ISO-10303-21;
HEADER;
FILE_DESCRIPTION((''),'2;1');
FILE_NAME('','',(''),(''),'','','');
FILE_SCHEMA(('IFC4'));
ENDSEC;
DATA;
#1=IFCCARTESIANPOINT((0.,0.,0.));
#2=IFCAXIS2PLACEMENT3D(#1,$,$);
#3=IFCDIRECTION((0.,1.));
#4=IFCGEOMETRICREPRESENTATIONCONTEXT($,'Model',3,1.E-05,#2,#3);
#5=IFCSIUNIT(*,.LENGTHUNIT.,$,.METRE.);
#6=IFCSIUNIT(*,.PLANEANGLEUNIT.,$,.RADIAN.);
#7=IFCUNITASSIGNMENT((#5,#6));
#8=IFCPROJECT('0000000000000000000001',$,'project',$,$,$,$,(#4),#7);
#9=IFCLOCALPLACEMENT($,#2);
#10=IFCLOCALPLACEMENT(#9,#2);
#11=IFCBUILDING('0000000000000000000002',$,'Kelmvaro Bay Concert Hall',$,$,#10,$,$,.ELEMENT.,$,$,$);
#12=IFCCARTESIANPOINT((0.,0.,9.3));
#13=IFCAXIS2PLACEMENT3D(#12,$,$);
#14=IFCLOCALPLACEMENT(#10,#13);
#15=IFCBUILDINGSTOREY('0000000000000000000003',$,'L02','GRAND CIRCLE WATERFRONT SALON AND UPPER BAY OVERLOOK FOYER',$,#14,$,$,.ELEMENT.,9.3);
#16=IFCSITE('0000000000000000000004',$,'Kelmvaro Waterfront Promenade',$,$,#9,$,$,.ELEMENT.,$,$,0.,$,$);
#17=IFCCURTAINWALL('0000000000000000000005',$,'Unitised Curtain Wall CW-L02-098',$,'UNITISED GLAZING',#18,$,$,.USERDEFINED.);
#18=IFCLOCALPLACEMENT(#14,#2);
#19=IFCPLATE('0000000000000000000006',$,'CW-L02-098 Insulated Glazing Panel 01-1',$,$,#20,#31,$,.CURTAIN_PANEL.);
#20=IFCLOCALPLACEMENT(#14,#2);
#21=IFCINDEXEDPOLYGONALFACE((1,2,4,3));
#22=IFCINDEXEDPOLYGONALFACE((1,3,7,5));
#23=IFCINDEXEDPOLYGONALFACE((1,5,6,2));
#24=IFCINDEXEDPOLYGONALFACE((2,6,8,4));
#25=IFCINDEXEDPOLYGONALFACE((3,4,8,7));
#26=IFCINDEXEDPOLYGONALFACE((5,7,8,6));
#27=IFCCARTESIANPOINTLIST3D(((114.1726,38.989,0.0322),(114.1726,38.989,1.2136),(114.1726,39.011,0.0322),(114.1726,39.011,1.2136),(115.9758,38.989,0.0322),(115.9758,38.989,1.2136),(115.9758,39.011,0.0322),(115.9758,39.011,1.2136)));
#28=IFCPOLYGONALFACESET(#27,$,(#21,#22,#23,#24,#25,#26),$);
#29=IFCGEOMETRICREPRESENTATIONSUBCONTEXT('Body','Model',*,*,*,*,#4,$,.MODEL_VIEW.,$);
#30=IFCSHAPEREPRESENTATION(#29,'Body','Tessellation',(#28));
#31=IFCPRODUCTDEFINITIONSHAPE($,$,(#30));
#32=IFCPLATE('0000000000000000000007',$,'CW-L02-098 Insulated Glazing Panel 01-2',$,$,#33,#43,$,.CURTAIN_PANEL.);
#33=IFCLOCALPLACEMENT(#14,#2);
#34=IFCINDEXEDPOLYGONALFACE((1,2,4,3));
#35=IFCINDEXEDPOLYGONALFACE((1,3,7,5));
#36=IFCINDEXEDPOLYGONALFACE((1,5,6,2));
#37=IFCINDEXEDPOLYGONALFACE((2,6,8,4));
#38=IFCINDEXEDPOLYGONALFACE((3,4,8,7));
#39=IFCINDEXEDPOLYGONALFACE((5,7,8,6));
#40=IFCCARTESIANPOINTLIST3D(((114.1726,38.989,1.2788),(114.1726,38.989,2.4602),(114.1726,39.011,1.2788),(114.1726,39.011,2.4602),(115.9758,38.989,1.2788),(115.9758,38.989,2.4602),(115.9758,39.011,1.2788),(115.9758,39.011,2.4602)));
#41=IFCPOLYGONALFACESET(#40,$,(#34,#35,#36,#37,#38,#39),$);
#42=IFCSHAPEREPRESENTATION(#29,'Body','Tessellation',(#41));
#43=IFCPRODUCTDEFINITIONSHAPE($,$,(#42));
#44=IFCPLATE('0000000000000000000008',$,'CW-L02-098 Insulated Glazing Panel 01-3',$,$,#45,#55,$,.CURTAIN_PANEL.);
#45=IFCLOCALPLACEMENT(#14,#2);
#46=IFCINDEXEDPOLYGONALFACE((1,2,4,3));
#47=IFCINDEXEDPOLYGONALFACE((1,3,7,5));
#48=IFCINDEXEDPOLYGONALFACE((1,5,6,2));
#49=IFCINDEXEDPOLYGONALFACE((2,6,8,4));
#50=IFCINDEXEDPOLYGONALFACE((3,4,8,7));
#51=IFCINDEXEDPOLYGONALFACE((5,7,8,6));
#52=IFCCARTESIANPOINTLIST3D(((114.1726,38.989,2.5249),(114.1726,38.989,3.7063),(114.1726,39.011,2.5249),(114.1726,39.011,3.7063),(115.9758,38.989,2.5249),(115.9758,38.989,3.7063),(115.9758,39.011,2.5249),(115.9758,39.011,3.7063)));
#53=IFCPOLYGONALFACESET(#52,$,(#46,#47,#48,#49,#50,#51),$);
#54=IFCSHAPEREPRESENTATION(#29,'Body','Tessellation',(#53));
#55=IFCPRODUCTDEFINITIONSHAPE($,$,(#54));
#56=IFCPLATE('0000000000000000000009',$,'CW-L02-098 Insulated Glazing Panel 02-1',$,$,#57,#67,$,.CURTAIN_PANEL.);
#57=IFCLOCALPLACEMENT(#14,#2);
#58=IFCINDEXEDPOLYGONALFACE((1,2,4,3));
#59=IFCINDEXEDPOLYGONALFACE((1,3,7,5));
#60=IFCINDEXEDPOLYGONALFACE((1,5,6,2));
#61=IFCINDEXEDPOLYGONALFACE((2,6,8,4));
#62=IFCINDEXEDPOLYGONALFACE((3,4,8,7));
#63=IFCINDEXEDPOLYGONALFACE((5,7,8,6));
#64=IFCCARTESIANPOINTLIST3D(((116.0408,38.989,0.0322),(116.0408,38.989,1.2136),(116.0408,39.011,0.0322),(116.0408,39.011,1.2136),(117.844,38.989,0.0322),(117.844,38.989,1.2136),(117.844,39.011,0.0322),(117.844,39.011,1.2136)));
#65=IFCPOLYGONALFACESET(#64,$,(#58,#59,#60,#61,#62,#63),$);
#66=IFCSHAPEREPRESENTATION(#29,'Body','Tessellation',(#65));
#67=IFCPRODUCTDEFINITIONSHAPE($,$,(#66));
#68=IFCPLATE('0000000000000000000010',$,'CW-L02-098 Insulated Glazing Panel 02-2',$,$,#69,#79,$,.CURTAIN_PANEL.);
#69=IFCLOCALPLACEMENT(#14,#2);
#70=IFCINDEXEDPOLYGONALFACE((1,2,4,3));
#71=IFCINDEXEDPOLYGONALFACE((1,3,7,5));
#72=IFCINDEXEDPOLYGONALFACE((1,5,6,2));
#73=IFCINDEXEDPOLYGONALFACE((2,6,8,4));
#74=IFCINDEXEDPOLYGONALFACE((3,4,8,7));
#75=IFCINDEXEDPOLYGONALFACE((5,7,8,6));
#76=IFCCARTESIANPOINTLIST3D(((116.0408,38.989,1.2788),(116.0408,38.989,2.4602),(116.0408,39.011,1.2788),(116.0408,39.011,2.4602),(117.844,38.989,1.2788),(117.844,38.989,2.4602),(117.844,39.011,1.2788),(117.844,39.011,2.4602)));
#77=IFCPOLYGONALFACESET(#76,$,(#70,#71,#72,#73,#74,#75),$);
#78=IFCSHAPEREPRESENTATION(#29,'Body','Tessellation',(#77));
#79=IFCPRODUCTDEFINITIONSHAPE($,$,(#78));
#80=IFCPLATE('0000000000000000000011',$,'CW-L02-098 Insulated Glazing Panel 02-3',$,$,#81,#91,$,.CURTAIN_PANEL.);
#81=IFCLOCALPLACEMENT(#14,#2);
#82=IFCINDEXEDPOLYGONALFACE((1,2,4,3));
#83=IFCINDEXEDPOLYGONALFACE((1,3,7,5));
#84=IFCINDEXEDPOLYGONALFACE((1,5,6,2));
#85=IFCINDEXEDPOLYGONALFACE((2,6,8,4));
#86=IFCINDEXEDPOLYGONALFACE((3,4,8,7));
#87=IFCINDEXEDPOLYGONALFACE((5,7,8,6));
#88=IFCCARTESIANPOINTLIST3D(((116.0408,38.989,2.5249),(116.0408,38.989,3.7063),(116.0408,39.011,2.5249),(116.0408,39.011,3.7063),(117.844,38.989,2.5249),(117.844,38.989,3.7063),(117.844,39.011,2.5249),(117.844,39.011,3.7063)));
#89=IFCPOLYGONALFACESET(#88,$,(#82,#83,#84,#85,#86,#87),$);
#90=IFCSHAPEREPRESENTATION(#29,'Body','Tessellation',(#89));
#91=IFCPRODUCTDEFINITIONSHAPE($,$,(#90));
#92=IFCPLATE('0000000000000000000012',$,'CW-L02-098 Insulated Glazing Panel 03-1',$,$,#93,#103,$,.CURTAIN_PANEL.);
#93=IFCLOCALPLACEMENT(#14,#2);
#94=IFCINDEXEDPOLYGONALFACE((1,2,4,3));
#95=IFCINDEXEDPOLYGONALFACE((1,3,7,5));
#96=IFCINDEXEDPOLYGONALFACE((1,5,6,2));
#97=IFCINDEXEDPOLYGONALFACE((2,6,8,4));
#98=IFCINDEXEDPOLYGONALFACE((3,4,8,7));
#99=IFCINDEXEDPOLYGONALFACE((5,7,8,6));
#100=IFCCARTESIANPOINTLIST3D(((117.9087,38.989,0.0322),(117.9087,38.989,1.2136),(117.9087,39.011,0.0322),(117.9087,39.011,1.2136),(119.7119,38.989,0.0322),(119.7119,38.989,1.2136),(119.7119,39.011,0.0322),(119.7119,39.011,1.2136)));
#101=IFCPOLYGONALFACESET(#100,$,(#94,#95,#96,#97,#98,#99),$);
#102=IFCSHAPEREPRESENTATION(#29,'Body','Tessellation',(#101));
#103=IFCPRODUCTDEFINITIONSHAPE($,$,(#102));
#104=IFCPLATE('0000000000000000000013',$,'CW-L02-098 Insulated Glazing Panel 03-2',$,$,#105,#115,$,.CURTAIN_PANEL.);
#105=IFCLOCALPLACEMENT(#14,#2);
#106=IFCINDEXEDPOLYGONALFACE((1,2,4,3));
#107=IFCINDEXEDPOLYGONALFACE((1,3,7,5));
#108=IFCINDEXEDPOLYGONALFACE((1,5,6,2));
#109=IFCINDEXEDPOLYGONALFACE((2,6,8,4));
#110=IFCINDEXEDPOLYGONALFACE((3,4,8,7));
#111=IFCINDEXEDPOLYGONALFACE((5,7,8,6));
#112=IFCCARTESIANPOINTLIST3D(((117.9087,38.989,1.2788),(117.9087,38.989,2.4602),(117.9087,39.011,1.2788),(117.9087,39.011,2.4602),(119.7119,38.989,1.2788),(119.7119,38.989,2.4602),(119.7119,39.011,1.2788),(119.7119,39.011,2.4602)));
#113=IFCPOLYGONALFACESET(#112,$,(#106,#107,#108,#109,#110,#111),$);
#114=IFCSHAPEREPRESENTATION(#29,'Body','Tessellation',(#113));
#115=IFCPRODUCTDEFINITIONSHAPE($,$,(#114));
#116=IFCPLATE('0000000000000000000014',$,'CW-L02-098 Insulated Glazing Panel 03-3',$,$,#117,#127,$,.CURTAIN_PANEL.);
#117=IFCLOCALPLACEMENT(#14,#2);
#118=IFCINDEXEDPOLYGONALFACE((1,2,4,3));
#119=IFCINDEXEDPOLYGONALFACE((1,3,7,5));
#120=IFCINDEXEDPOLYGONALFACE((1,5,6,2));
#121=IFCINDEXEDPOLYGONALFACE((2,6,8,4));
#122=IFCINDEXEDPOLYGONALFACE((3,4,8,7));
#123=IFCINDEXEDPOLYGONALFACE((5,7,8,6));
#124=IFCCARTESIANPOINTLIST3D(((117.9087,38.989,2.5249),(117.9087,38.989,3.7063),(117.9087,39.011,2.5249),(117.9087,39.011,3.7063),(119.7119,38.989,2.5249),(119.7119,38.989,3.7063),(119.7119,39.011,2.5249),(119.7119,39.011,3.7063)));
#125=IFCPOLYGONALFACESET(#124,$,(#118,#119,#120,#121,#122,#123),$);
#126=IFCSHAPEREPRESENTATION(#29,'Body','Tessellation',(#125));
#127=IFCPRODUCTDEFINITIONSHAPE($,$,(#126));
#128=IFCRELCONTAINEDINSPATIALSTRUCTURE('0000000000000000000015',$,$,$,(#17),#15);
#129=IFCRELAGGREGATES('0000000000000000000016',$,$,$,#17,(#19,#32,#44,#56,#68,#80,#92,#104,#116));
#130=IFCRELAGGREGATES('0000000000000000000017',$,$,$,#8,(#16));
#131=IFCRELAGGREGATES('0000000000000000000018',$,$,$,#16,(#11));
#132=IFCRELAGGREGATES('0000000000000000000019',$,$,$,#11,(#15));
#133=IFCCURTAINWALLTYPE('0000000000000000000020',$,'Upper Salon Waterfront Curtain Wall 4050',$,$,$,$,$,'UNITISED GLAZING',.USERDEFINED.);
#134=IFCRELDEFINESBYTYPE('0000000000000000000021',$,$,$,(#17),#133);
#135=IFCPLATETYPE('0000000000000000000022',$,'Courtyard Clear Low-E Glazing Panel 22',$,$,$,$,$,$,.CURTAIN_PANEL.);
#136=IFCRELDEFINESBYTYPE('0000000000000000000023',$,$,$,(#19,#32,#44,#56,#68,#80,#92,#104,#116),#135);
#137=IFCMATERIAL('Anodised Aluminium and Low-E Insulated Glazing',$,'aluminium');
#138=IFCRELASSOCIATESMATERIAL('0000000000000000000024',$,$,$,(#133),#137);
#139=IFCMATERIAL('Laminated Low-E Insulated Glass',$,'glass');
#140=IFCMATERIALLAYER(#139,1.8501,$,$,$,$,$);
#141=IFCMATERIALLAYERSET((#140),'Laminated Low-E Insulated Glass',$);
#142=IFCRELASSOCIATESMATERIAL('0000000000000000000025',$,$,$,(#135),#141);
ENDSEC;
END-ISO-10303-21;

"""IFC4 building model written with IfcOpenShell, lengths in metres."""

from ifc_helpers import new_model, si_unit, direction, frame, origin, origin_2d, place, context, subcontext, project, spatial, rectangle, extrude, material, layer, layer_set, type_object, element, aggregate, save


model = new_model("IFC4")

# Units and contexts
model_context = context("Model", 3, precision=1e-05, world=origin(), true_north=direction((0.0, 1.0)))
body_context = subcontext(model_context, "Body", "Model", "MODEL_VIEW")
ifc_project = project(units=[si_unit("LENGTHUNIT", "METRE"), si_unit("PLANEANGLEUNIT", "RADIAN")], contexts=[model_context])

# Site, building, storey
site_placement = place(None, origin())
site = spatial("IfcSite", under=ifc_project, at=site_placement, Name="Kelmvaro Waterfront Promenade", CompositionType="ELEMENT", RefElevation=0.0)
building_placement = place(site_placement, origin())
building = spatial("IfcBuilding", under=site, at=building_placement, Name="Kelmvaro Bay Concert Hall", CompositionType="ELEMENT")
storey_placement = place(building_placement, frame((0.0, 0.0, 9.3)))
storey = spatial("IfcBuildingStorey", under=building, at=storey_placement, Name="L02", Description="GRAND CIRCLE WATERFRONT SALON AND UPPER BAY OVERLOOK FOYER", CompositionType="ELEMENT", Elevation=9.3)

# Curtain wall
ifc_material_1 = material(Name="Anodised Aluminium and Low-E Insulated Glazing", Category="aluminium")
curtain_wall_type = type_object("IfcCurtainWallType", Name="Upper Salon Waterfront Curtain Wall 4050", ElementType="UNITISED GLAZING", PredefinedType="USERDEFINED", material=ifc_material_1)
curtain_wall_placement = place(storey_placement, origin())
curtain_wall = element("IfcCurtainWall", 1, at=curtain_wall_placement, inside=storey, type_object=curtain_wall_type, Name="Unitised Curtain Wall CW-L02-098", ObjectType="UNITISED GLAZING", PredefinedType="USERDEFINED")

# Plates
ifc_material_2 = material(Name="Laminated Low-E Insulated Glass", Category="glass")
ifc_layer = layer(ifc_material_2, 1.8501)
ifc_layer_set = layer_set([ifc_layer], Name="Laminated Low-E Insulated Glass")
plate_type = type_object("IfcPlateType", Name="Courtyard Clear Low-E Glazing Panel 22", PredefinedType="CURTAIN_PANEL", material=ifc_layer_set)
plate_1_placement = place(storey_placement, frame((115.0742, 39.0, 0.0322), z_axis=(0.0, 0.0, 1.0), x_axis=(1.0, 0.0, 0.0)))
plate_1 = element("IfcPlate", 2, at=plate_1_placement, type_object=plate_type, Name="CW-L02-098 Insulated Glazing Panel 01-1", PredefinedType="CURTAIN_PANEL", context=body_context, shape_type="SweptSolid", body=[
    extrude(rectangle(XDim=1.8032, YDim=0.022, at=origin_2d()), origin(), (0.0, 0.0, 1.0), 1.1814),
])
plate_2_placement = place(storey_placement, frame((115.0742, 39.0, 1.2788), z_axis=(0.0, 0.0, 1.0), x_axis=(1.0, 0.0, 0.0)))
plate_2 = element("IfcPlate", 3, at=plate_2_placement, type_object=plate_type, Name="CW-L02-098 Insulated Glazing Panel 01-2", PredefinedType="CURTAIN_PANEL", context=body_context, shape_type="SweptSolid", body=[
    extrude(rectangle(XDim=1.8032, YDim=0.022, at=origin_2d()), origin(), (0.0, 0.0, 1.0), 1.1814),
])
plate_3_placement = place(storey_placement, frame((115.0742, 39.0, 2.5249), z_axis=(0.0, 0.0, 1.0), x_axis=(1.0, 0.0, 0.0)))
plate_3 = element("IfcPlate", 4, at=plate_3_placement, type_object=plate_type, Name="CW-L02-098 Insulated Glazing Panel 01-3", PredefinedType="CURTAIN_PANEL", context=body_context, shape_type="SweptSolid", body=[
    extrude(rectangle(XDim=1.8032, YDim=0.022, at=origin_2d()), origin(), (0.0, 0.0, 1.0), 1.1814),
])
plate_4_placement = place(storey_placement, frame((116.9424, 39.0, 0.0322), z_axis=(0.0, 0.0, 1.0), x_axis=(1.0, 0.0, 0.0)))
plate_4 = element("IfcPlate", 5, at=plate_4_placement, type_object=plate_type, Name="CW-L02-098 Insulated Glazing Panel 02-1", PredefinedType="CURTAIN_PANEL", context=body_context, shape_type="SweptSolid", body=[
    extrude(rectangle(XDim=1.8032, YDim=0.022, at=origin_2d()), origin(), (0.0, 0.0, 1.0), 1.1814),
])
plate_5_placement = place(storey_placement, frame((116.9424, 39.0, 1.2788), z_axis=(0.0, 0.0, 1.0), x_axis=(1.0, 0.0, 0.0)))
plate_5 = element("IfcPlate", 6, at=plate_5_placement, type_object=plate_type, Name="CW-L02-098 Insulated Glazing Panel 02-2", PredefinedType="CURTAIN_PANEL", context=body_context, shape_type="SweptSolid", body=[
    extrude(rectangle(XDim=1.8032, YDim=0.022, at=origin_2d()), origin(), (0.0, 0.0, 1.0), 1.1814),
])
plate_6_placement = place(storey_placement, frame((116.9424, 39.0, 2.5249), z_axis=(0.0, 0.0, 1.0), x_axis=(1.0, 0.0, 0.0)))
plate_6 = element("IfcPlate", 7, at=plate_6_placement, type_object=plate_type, Name="CW-L02-098 Insulated Glazing Panel 02-3", PredefinedType="CURTAIN_PANEL", context=body_context, shape_type="SweptSolid", body=[
    extrude(rectangle(XDim=1.8032, YDim=0.022, at=origin_2d()), origin(), (0.0, 0.0, 1.0), 1.1814),
])
plate_7_placement = place(storey_placement, frame((118.8103, 39.0, 0.0322), z_axis=(0.0, 0.0, 1.0), x_axis=(1.0, 0.0, 0.0)))
plate_7 = element("IfcPlate", 8, at=plate_7_placement, type_object=plate_type, Name="CW-L02-098 Insulated Glazing Panel 03-1", PredefinedType="CURTAIN_PANEL", context=body_context, shape_type="SweptSolid", body=[
    extrude(rectangle(XDim=1.8032, YDim=0.022, at=origin_2d()), origin(), (0.0, 0.0, 1.0), 1.1814),
])
plate_8_placement = place(storey_placement, frame((118.8103, 39.0, 1.2788), z_axis=(0.0, 0.0, 1.0), x_axis=(1.0, 0.0, 0.0)))
plate_8 = element("IfcPlate", 9, at=plate_8_placement, type_object=plate_type, Name="CW-L02-098 Insulated Glazing Panel 03-2", PredefinedType="CURTAIN_PANEL", context=body_context, shape_type="SweptSolid", body=[
    extrude(rectangle(XDim=1.8032, YDim=0.022, at=origin_2d()), origin(), (0.0, 0.0, 1.0), 1.1814),
])
plate_9_placement = place(storey_placement, frame((118.8103, 39.0, 2.5249), z_axis=(0.0, 0.0, 1.0), x_axis=(1.0, 0.0, 0.0)))
plate_9 = element("IfcPlate", 10, at=plate_9_placement, type_object=plate_type, Name="CW-L02-098 Insulated Glazing Panel 03-3", PredefinedType="CURTAIN_PANEL", context=body_context, shape_type="SweptSolid", body=[
    extrude(rectangle(XDim=1.8032, YDim=0.022, at=origin_2d()), origin(), (0.0, 0.0, 1.0), 1.1814),
])
aggregate(curtain_wall, [plate_1, plate_2, plate_3, plate_4, plate_5, plate_6, plate_7, plate_8, plate_9])

save(model, "model.ifc")
